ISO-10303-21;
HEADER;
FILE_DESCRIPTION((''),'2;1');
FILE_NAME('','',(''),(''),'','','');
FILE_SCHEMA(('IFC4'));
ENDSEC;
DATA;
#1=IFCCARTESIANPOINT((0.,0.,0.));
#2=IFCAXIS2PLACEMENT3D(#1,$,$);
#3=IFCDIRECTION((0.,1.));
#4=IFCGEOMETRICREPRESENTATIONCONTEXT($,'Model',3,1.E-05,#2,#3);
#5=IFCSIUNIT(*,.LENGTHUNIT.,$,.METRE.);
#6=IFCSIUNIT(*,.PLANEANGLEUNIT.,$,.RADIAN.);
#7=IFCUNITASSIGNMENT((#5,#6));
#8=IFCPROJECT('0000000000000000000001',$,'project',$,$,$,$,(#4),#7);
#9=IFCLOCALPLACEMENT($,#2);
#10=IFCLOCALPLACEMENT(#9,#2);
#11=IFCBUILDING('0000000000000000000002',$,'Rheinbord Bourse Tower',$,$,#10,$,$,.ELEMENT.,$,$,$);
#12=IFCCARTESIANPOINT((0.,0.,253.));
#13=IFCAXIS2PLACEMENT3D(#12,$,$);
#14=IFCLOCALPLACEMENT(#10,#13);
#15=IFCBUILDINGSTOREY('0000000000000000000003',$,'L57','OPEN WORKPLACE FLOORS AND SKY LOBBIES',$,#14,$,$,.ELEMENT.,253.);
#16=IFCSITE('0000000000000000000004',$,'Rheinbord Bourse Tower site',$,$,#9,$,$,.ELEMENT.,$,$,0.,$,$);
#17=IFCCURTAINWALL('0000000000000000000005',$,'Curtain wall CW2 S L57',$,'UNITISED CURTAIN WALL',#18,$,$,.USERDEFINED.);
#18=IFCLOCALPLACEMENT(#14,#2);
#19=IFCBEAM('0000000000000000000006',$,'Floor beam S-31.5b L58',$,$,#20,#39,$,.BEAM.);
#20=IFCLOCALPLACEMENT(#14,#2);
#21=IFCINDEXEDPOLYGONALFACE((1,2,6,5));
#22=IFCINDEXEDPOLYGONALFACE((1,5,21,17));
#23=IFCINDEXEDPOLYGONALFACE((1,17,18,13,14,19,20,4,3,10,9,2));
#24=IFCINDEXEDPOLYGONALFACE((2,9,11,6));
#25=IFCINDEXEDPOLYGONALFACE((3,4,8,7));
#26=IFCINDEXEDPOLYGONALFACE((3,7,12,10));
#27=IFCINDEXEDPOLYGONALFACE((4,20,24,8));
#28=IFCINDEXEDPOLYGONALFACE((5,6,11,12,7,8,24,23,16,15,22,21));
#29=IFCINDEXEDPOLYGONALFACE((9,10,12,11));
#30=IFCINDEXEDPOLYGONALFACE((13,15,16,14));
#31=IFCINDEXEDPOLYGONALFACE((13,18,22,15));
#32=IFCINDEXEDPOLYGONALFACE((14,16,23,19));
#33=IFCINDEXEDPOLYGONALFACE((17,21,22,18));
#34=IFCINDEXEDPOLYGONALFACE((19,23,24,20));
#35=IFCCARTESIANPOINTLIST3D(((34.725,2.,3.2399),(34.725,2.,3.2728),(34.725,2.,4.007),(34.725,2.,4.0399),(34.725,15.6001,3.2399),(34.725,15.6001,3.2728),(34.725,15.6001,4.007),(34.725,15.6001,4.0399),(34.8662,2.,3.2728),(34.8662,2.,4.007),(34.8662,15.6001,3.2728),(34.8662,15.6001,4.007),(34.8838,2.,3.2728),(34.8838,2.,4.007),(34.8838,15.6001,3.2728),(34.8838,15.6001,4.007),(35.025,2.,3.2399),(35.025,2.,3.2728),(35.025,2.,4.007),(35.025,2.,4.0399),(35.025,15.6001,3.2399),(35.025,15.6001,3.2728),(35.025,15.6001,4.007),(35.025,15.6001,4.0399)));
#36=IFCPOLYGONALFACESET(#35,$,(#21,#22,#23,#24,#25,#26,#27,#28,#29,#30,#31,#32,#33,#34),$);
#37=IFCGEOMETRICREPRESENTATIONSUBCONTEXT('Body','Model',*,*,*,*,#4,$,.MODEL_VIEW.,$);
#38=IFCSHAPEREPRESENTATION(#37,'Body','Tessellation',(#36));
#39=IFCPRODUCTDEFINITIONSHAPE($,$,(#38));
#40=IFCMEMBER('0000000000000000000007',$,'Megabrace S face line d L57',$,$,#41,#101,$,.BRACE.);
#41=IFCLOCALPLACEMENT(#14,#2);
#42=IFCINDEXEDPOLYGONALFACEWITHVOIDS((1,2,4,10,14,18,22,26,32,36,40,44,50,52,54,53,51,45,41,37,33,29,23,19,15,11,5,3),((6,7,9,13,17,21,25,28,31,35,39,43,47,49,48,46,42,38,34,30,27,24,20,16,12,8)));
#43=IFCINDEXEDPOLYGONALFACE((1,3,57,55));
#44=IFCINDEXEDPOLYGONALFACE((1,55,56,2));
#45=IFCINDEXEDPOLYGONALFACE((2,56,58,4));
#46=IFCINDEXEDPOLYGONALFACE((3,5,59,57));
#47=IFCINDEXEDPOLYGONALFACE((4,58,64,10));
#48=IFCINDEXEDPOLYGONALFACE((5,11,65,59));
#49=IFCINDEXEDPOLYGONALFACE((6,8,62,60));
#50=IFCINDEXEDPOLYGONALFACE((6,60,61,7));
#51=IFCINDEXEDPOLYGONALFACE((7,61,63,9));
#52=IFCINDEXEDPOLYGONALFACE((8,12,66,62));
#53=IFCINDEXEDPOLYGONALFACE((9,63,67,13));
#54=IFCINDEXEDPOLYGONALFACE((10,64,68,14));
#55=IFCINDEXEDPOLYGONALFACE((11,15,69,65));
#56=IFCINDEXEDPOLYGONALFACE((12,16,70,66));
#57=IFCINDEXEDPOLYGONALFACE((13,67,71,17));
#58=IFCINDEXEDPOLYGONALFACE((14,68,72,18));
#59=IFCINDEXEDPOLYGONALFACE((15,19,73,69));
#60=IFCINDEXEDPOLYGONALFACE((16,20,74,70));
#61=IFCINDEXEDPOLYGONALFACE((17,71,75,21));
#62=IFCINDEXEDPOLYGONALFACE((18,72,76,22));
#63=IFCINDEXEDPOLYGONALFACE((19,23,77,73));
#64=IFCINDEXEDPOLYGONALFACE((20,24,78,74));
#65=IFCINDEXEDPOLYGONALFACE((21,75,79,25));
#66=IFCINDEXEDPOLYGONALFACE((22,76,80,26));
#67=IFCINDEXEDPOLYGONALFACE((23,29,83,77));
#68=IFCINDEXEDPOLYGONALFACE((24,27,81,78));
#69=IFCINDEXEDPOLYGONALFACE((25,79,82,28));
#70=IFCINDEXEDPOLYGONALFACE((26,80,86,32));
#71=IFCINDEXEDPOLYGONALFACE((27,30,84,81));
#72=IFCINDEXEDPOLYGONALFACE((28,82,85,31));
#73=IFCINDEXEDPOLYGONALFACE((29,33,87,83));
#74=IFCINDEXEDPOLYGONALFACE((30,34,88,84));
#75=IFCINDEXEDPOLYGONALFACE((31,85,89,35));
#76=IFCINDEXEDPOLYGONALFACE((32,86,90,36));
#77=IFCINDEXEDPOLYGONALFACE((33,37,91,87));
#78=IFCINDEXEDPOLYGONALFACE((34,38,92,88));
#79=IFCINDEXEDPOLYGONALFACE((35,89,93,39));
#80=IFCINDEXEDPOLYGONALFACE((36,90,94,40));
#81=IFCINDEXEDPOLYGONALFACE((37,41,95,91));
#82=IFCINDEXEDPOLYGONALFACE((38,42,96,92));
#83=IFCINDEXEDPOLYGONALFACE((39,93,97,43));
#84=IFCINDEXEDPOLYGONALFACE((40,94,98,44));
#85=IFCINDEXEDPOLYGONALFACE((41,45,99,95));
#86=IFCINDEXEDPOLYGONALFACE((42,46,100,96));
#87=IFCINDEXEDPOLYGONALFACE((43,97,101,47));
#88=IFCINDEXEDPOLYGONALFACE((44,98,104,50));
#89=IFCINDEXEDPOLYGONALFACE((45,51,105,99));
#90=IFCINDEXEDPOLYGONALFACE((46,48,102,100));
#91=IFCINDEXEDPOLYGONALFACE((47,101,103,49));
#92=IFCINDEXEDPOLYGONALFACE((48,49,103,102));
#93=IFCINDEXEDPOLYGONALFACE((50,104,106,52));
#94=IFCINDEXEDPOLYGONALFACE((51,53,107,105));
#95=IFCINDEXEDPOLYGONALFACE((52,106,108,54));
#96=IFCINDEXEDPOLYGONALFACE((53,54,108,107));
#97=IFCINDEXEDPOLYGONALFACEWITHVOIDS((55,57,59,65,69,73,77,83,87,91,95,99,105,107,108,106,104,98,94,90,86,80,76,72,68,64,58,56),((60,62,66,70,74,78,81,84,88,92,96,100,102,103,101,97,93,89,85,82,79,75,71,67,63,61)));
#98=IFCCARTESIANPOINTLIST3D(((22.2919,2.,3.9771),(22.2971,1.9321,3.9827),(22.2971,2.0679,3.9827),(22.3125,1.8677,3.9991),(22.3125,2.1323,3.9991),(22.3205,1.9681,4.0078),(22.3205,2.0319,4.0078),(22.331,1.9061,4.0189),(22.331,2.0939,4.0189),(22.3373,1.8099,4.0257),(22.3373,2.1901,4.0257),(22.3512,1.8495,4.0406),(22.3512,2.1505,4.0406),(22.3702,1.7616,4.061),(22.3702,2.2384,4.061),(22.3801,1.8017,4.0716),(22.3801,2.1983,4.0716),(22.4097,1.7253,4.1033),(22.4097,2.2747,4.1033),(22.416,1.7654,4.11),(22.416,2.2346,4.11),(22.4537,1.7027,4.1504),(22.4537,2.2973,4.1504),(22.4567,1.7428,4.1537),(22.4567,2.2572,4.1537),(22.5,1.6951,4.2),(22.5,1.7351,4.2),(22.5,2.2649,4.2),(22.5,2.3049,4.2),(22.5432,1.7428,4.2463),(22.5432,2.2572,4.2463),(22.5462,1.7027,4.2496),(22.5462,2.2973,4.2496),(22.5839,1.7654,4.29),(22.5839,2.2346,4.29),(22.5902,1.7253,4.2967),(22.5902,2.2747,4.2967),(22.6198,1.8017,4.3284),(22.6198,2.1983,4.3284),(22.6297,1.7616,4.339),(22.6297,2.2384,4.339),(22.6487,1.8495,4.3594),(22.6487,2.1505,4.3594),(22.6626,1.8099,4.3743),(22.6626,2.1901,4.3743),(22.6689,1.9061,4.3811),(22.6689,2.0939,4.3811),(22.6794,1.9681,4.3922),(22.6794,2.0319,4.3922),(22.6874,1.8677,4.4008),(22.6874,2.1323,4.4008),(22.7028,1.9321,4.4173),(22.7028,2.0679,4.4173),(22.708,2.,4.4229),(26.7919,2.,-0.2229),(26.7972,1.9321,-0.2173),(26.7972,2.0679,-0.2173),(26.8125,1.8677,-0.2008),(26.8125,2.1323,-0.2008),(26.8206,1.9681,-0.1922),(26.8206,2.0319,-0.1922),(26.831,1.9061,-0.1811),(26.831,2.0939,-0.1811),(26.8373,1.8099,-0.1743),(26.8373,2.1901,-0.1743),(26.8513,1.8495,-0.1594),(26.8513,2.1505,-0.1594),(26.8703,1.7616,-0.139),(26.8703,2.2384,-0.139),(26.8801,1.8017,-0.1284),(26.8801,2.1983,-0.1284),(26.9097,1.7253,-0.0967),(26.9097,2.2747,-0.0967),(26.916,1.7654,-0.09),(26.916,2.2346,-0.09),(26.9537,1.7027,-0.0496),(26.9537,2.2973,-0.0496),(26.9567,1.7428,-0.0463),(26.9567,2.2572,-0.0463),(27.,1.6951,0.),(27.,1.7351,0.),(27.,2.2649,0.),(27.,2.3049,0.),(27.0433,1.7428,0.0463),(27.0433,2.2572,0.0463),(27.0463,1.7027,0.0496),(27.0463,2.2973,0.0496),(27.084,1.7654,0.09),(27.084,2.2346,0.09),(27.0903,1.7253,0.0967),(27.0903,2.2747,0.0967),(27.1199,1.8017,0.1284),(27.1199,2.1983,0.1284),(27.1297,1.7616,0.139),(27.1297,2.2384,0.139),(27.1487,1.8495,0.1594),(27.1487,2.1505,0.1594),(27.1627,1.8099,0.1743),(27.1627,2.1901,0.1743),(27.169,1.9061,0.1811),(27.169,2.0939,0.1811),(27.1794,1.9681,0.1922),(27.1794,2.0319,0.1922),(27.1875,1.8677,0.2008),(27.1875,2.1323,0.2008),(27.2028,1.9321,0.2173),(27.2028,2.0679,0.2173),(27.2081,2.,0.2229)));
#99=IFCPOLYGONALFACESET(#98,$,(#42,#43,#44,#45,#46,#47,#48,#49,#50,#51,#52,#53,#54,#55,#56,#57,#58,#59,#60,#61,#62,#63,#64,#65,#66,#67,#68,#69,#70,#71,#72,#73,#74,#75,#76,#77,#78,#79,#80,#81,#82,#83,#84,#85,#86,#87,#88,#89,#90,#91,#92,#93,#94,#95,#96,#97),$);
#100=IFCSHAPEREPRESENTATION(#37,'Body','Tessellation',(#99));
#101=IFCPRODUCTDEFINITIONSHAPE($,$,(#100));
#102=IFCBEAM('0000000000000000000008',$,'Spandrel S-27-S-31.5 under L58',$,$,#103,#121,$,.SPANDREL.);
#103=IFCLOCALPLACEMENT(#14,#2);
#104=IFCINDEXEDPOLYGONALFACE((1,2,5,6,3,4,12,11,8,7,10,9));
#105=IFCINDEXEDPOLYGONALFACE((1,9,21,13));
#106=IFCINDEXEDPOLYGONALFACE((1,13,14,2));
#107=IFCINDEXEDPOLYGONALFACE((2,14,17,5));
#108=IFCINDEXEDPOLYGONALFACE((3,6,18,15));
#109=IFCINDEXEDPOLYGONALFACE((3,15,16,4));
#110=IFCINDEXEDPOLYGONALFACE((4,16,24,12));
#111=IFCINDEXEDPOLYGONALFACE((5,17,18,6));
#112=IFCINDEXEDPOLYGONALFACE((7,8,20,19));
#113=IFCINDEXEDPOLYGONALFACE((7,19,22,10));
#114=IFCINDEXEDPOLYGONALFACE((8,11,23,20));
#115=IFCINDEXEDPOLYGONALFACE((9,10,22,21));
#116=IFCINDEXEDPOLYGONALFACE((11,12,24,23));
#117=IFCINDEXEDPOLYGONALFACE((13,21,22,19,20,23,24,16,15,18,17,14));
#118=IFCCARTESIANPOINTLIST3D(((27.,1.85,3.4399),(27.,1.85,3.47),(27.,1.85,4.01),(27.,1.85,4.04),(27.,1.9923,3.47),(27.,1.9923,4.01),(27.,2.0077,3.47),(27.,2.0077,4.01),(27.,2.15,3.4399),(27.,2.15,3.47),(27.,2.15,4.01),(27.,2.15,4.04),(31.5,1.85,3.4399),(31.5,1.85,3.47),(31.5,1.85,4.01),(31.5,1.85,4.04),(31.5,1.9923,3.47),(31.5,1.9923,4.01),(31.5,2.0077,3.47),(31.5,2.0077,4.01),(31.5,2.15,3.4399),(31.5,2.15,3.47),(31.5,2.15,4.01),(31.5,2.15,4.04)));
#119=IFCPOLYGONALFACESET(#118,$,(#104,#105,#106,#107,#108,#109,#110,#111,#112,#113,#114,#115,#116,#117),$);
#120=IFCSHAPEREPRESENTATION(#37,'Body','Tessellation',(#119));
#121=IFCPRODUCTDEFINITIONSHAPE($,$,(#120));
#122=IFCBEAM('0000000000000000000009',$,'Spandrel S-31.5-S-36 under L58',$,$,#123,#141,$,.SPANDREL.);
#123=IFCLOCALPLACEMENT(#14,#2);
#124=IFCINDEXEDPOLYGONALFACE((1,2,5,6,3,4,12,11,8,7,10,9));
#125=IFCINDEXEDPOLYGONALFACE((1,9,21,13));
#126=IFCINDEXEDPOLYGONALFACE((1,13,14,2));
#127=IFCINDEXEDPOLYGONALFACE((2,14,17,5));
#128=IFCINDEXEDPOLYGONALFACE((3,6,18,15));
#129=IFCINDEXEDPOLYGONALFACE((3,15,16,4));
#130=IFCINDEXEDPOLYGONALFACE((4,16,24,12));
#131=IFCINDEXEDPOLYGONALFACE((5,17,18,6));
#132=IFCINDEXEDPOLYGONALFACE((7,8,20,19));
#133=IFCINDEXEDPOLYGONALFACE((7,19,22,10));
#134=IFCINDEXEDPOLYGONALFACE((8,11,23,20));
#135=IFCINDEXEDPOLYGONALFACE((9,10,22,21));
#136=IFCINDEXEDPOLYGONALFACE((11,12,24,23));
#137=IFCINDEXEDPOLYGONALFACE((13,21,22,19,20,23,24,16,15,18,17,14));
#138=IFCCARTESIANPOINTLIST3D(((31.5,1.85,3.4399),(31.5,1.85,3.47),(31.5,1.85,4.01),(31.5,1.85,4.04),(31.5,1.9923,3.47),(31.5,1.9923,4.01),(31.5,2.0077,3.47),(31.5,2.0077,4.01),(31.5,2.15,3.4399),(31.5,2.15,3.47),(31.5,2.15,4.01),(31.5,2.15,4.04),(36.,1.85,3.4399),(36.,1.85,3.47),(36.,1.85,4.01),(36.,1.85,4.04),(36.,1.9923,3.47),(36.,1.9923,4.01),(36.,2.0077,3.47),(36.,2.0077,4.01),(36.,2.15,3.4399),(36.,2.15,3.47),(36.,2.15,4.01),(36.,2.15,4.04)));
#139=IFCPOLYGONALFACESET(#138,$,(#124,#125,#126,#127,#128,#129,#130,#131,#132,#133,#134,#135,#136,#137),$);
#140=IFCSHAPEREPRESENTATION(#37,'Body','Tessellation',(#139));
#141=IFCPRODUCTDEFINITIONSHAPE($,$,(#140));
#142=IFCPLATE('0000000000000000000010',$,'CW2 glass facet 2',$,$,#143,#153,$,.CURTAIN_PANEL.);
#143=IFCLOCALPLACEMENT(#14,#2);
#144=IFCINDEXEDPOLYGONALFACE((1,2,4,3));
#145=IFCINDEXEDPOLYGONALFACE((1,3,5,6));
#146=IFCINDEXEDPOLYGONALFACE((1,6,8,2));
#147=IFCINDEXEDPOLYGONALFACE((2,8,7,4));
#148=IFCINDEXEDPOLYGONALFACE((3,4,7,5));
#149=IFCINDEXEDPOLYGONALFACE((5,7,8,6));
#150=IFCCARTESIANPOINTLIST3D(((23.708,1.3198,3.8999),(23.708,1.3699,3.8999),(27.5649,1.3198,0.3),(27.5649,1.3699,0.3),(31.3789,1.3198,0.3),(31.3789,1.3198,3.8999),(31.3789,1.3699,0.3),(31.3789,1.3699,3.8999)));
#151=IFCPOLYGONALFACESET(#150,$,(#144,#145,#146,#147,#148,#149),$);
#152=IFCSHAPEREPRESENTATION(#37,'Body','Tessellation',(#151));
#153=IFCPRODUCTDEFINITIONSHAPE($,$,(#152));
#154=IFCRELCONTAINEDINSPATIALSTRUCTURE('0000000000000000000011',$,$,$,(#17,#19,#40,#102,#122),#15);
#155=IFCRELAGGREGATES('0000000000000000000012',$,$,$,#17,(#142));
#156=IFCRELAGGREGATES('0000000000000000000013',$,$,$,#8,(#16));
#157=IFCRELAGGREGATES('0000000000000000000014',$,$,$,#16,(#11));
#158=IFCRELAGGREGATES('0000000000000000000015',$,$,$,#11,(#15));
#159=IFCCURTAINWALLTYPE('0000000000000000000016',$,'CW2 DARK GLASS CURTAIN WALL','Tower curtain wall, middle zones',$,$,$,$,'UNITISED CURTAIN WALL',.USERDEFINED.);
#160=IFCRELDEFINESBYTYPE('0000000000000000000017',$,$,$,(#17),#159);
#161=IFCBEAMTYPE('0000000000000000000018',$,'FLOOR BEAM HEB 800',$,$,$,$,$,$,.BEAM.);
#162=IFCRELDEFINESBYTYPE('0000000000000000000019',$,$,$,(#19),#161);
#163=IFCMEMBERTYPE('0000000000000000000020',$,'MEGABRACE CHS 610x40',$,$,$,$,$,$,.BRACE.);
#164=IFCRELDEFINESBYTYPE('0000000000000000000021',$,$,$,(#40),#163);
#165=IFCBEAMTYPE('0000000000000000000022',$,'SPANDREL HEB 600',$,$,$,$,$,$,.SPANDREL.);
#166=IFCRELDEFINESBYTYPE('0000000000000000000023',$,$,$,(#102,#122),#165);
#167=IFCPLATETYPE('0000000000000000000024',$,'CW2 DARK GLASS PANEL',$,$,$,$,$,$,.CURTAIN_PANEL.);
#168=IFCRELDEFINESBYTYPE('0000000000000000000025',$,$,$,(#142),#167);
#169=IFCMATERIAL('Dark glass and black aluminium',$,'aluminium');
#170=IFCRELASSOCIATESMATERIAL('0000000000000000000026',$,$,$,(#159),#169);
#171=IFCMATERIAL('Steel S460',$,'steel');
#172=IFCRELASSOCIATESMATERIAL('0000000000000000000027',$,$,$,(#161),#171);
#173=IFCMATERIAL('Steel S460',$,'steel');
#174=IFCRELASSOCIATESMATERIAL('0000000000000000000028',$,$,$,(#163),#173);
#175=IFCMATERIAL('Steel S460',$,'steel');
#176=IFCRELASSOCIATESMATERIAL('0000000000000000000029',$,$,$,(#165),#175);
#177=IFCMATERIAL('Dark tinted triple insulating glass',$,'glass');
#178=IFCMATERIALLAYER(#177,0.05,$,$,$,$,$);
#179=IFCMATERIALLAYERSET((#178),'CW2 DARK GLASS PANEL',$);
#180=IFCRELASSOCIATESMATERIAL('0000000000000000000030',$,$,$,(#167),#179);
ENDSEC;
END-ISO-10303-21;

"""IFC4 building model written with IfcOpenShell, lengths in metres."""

from ifc_helpers import new_model, si_unit, direction, frame, origin, origin_2d, place, context, subcontext, project, spatial, polyline, hollow_circle, i_section, outline, extrude, material, layer, layer_set, material_profile, profile_set, type_object, element, aggregate, save


model = new_model("IFC4")

# Units and contexts
model_context = context("Model", 3, precision=1e-05, world=origin(), true_north=direction((0.0, 1.0)))
body_context = subcontext(model_context, "Body", "Model", "MODEL_VIEW")
ifc_project = project(units=[si_unit("LENGTHUNIT", "METRE"), si_unit("PLANEANGLEUNIT", "RADIAN")], contexts=[model_context])

# Site, building, storey
site_placement = place(None, origin())
site = spatial("IfcSite", under=ifc_project, at=site_placement, Name="Rheinbord Bourse Tower site", CompositionType="ELEMENT", RefElevation=0.0)
building_placement = place(site_placement, origin())
building = spatial("IfcBuilding", under=site, at=building_placement, Name="Rheinbord Bourse Tower", CompositionType="ELEMENT")
storey_placement = place(building_placement, frame((0.0, 0.0, 253.0)))
storey = spatial("IfcBuildingStorey", under=building, at=storey_placement, Name="L57", Description="OPEN WORKPLACE FLOORS AND SKY LOBBIES", CompositionType="ELEMENT", Elevation=253.0)

# Curtain wall
ifc_material_1 = material(Name="Dark glass and black aluminium", Category="aluminium")
curtain_wall_type = type_object("IfcCurtainWallType", Name="CW2 DARK GLASS CURTAIN WALL", Description="Tower curtain wall, middle zones", ElementType="UNITISED CURTAIN WALL", PredefinedType="USERDEFINED", material=ifc_material_1)
curtain_wall_placement = place(storey_placement, origin())
curtain_wall = element("IfcCurtainWall", 1, at=curtain_wall_placement, inside=storey, type_object=curtain_wall_type, Name="Curtain wall CW2 S L57", ObjectType="UNITISED CURTAIN WALL", PredefinedType="USERDEFINED")

# Beam
ifc_material_2 = material(Name="Steel S460", Category="steel")
ifc_material_profile_1 = material_profile(ifc_material_2, i_section(OverallWidth=0.3, OverallDepth=0.8, WebThickness=0.0176, FlangeThickness=0.033, at=origin_2d()), Name="HEB 800")
ifc_profile_set_1 = profile_set([ifc_material_profile_1], Name="Steel S460")
beam_type_1 = type_object("IfcBeamType", Name="FLOOR BEAM HEB 800", PredefinedType="BEAM", material=ifc_profile_set_1)
for number, where, z_axis, x_axis, name in (
    (2, (34.875, 2.0, 3.6399), (0.0, 1.0, 0.0), (-1.0, 0.0, 0.0), "Floor beam S-31.5b L58"),
):
    element("IfcBeam", number, at=place(storey_placement, frame(where, z_axis=z_axis, x_axis=x_axis)), inside=storey, type_object=beam_type_1, Name=name, PredefinedType="BEAM", context=body_context, shape_type="SweptSolid", body=[
        extrude(i_section(OverallWidth=0.3, OverallDepth=0.8, WebThickness=0.0176, FlangeThickness=0.033, at=origin_2d()), origin(), (0.0, 0.0, 1.0), 13.6001),
    ])

# Member
ifc_material_3 = material(Name="Steel S460", Category="steel")
ifc_material_profile_2 = material_profile(ifc_material_3, hollow_circle(Radius=0.3049, WallThickness=0.04, at=origin_2d()), Name="CHS 610x40")
ifc_profile_set_2 = profile_set([ifc_material_profile_2], Name="Steel S460")
member_type_1 = type_object("IfcMemberType", Name="MEGABRACE CHS 610x40", PredefinedType="BRACE", material=ifc_profile_set_2)
member_1_placement = place(storey_placement, frame((27.0, 2.0, 0.0), z_axis=(-0.731059, 0.0, 0.682314), x_axis=(0.0, -1.0, 0.0)))
element("IfcMember", 3, at=member_1_placement, inside=storey, type_object=member_type_1, Name="Megabrace S face line d L57", PredefinedType="BRACE", context=body_context, shape_type="SweptSolid", body=[
    extrude(hollow_circle(Radius=0.3049, WallThickness=0.04, at=origin_2d()), origin(), (0.0, 0.0, 1.0), 6.1555),
])

# Beams
ifc_material_4 = material(Name="Steel S460", Category="steel")
ifc_material_profile_3 = material_profile(ifc_material_4, i_section(OverallWidth=0.3, OverallDepth=0.6001, WebThickness=0.0154, FlangeThickness=0.03, at=origin_2d()), Name="HEB 600")
ifc_profile_set_3 = profile_set([ifc_material_profile_3], Name="Steel S460")
beam_type_2 = type_object("IfcBeamType", Name="SPANDREL HEB 600", PredefinedType="SPANDREL", material=ifc_profile_set_3)
for number, where, z_axis, x_axis, name in (
    (4, (27.0, 2.0, 3.74), (1.0, 0.0, 0.0), (0.0, 1.0, 0.0), "Spandrel S-27-S-31.5 under L58"),
    (5, (31.5, 2.0, 3.74), (1.0, 0.0, 0.0), (0.0, 1.0, 0.0), "Spandrel S-31.5-S-36 under L58"),
):
    element("IfcBeam", number, at=place(storey_placement, frame(where, z_axis=z_axis, x_axis=x_axis)), inside=storey, type_object=beam_type_2, Name=name, PredefinedType="SPANDREL", context=body_context, shape_type="SweptSolid", body=[
        extrude(i_section(OverallWidth=0.3, OverallDepth=0.6001, WebThickness=0.0154, FlangeThickness=0.03, at=origin_2d()), origin(), (0.0, 0.0, 1.0), 4.5),
    ])

# Plate
ifc_material_5 = material(Name="Dark tinted triple insulating glass", Category="glass")
ifc_layer = layer(ifc_material_5, 0.05)
ifc_layer_set = layer_set([ifc_layer], Name="CW2 DARK GLASS PANEL")
plate_type = type_object("IfcPlateType", Name="CW2 DARK GLASS PANEL", PredefinedType="CURTAIN_PANEL", material=ifc_layer_set)
plate_placement = place(storey_placement, frame((31.3789, 1.3198, 3.8999), z_axis=(0.0, 1.0, 0.0), x_axis=(0.0, 0.0, -1.0)))
plate = element("IfcPlate", 6, at=plate_placement, type_object=plate_type, Name="CW2 glass facet 2", PredefinedType="CURTAIN_PANEL", context=body_context, shape_type="SweptSolid", body=[
    extrude(outline(polyline([(0.0, 0.0), (3.5999, 0.0), (3.5999, 3.814), (0.0, 7.6709), (0.0, 0.0)])), origin(), (0.0, 0.0, 1.0), 0.05),
])
aggregate(curtain_wall, [plate])

save(model, "model.ifc")
